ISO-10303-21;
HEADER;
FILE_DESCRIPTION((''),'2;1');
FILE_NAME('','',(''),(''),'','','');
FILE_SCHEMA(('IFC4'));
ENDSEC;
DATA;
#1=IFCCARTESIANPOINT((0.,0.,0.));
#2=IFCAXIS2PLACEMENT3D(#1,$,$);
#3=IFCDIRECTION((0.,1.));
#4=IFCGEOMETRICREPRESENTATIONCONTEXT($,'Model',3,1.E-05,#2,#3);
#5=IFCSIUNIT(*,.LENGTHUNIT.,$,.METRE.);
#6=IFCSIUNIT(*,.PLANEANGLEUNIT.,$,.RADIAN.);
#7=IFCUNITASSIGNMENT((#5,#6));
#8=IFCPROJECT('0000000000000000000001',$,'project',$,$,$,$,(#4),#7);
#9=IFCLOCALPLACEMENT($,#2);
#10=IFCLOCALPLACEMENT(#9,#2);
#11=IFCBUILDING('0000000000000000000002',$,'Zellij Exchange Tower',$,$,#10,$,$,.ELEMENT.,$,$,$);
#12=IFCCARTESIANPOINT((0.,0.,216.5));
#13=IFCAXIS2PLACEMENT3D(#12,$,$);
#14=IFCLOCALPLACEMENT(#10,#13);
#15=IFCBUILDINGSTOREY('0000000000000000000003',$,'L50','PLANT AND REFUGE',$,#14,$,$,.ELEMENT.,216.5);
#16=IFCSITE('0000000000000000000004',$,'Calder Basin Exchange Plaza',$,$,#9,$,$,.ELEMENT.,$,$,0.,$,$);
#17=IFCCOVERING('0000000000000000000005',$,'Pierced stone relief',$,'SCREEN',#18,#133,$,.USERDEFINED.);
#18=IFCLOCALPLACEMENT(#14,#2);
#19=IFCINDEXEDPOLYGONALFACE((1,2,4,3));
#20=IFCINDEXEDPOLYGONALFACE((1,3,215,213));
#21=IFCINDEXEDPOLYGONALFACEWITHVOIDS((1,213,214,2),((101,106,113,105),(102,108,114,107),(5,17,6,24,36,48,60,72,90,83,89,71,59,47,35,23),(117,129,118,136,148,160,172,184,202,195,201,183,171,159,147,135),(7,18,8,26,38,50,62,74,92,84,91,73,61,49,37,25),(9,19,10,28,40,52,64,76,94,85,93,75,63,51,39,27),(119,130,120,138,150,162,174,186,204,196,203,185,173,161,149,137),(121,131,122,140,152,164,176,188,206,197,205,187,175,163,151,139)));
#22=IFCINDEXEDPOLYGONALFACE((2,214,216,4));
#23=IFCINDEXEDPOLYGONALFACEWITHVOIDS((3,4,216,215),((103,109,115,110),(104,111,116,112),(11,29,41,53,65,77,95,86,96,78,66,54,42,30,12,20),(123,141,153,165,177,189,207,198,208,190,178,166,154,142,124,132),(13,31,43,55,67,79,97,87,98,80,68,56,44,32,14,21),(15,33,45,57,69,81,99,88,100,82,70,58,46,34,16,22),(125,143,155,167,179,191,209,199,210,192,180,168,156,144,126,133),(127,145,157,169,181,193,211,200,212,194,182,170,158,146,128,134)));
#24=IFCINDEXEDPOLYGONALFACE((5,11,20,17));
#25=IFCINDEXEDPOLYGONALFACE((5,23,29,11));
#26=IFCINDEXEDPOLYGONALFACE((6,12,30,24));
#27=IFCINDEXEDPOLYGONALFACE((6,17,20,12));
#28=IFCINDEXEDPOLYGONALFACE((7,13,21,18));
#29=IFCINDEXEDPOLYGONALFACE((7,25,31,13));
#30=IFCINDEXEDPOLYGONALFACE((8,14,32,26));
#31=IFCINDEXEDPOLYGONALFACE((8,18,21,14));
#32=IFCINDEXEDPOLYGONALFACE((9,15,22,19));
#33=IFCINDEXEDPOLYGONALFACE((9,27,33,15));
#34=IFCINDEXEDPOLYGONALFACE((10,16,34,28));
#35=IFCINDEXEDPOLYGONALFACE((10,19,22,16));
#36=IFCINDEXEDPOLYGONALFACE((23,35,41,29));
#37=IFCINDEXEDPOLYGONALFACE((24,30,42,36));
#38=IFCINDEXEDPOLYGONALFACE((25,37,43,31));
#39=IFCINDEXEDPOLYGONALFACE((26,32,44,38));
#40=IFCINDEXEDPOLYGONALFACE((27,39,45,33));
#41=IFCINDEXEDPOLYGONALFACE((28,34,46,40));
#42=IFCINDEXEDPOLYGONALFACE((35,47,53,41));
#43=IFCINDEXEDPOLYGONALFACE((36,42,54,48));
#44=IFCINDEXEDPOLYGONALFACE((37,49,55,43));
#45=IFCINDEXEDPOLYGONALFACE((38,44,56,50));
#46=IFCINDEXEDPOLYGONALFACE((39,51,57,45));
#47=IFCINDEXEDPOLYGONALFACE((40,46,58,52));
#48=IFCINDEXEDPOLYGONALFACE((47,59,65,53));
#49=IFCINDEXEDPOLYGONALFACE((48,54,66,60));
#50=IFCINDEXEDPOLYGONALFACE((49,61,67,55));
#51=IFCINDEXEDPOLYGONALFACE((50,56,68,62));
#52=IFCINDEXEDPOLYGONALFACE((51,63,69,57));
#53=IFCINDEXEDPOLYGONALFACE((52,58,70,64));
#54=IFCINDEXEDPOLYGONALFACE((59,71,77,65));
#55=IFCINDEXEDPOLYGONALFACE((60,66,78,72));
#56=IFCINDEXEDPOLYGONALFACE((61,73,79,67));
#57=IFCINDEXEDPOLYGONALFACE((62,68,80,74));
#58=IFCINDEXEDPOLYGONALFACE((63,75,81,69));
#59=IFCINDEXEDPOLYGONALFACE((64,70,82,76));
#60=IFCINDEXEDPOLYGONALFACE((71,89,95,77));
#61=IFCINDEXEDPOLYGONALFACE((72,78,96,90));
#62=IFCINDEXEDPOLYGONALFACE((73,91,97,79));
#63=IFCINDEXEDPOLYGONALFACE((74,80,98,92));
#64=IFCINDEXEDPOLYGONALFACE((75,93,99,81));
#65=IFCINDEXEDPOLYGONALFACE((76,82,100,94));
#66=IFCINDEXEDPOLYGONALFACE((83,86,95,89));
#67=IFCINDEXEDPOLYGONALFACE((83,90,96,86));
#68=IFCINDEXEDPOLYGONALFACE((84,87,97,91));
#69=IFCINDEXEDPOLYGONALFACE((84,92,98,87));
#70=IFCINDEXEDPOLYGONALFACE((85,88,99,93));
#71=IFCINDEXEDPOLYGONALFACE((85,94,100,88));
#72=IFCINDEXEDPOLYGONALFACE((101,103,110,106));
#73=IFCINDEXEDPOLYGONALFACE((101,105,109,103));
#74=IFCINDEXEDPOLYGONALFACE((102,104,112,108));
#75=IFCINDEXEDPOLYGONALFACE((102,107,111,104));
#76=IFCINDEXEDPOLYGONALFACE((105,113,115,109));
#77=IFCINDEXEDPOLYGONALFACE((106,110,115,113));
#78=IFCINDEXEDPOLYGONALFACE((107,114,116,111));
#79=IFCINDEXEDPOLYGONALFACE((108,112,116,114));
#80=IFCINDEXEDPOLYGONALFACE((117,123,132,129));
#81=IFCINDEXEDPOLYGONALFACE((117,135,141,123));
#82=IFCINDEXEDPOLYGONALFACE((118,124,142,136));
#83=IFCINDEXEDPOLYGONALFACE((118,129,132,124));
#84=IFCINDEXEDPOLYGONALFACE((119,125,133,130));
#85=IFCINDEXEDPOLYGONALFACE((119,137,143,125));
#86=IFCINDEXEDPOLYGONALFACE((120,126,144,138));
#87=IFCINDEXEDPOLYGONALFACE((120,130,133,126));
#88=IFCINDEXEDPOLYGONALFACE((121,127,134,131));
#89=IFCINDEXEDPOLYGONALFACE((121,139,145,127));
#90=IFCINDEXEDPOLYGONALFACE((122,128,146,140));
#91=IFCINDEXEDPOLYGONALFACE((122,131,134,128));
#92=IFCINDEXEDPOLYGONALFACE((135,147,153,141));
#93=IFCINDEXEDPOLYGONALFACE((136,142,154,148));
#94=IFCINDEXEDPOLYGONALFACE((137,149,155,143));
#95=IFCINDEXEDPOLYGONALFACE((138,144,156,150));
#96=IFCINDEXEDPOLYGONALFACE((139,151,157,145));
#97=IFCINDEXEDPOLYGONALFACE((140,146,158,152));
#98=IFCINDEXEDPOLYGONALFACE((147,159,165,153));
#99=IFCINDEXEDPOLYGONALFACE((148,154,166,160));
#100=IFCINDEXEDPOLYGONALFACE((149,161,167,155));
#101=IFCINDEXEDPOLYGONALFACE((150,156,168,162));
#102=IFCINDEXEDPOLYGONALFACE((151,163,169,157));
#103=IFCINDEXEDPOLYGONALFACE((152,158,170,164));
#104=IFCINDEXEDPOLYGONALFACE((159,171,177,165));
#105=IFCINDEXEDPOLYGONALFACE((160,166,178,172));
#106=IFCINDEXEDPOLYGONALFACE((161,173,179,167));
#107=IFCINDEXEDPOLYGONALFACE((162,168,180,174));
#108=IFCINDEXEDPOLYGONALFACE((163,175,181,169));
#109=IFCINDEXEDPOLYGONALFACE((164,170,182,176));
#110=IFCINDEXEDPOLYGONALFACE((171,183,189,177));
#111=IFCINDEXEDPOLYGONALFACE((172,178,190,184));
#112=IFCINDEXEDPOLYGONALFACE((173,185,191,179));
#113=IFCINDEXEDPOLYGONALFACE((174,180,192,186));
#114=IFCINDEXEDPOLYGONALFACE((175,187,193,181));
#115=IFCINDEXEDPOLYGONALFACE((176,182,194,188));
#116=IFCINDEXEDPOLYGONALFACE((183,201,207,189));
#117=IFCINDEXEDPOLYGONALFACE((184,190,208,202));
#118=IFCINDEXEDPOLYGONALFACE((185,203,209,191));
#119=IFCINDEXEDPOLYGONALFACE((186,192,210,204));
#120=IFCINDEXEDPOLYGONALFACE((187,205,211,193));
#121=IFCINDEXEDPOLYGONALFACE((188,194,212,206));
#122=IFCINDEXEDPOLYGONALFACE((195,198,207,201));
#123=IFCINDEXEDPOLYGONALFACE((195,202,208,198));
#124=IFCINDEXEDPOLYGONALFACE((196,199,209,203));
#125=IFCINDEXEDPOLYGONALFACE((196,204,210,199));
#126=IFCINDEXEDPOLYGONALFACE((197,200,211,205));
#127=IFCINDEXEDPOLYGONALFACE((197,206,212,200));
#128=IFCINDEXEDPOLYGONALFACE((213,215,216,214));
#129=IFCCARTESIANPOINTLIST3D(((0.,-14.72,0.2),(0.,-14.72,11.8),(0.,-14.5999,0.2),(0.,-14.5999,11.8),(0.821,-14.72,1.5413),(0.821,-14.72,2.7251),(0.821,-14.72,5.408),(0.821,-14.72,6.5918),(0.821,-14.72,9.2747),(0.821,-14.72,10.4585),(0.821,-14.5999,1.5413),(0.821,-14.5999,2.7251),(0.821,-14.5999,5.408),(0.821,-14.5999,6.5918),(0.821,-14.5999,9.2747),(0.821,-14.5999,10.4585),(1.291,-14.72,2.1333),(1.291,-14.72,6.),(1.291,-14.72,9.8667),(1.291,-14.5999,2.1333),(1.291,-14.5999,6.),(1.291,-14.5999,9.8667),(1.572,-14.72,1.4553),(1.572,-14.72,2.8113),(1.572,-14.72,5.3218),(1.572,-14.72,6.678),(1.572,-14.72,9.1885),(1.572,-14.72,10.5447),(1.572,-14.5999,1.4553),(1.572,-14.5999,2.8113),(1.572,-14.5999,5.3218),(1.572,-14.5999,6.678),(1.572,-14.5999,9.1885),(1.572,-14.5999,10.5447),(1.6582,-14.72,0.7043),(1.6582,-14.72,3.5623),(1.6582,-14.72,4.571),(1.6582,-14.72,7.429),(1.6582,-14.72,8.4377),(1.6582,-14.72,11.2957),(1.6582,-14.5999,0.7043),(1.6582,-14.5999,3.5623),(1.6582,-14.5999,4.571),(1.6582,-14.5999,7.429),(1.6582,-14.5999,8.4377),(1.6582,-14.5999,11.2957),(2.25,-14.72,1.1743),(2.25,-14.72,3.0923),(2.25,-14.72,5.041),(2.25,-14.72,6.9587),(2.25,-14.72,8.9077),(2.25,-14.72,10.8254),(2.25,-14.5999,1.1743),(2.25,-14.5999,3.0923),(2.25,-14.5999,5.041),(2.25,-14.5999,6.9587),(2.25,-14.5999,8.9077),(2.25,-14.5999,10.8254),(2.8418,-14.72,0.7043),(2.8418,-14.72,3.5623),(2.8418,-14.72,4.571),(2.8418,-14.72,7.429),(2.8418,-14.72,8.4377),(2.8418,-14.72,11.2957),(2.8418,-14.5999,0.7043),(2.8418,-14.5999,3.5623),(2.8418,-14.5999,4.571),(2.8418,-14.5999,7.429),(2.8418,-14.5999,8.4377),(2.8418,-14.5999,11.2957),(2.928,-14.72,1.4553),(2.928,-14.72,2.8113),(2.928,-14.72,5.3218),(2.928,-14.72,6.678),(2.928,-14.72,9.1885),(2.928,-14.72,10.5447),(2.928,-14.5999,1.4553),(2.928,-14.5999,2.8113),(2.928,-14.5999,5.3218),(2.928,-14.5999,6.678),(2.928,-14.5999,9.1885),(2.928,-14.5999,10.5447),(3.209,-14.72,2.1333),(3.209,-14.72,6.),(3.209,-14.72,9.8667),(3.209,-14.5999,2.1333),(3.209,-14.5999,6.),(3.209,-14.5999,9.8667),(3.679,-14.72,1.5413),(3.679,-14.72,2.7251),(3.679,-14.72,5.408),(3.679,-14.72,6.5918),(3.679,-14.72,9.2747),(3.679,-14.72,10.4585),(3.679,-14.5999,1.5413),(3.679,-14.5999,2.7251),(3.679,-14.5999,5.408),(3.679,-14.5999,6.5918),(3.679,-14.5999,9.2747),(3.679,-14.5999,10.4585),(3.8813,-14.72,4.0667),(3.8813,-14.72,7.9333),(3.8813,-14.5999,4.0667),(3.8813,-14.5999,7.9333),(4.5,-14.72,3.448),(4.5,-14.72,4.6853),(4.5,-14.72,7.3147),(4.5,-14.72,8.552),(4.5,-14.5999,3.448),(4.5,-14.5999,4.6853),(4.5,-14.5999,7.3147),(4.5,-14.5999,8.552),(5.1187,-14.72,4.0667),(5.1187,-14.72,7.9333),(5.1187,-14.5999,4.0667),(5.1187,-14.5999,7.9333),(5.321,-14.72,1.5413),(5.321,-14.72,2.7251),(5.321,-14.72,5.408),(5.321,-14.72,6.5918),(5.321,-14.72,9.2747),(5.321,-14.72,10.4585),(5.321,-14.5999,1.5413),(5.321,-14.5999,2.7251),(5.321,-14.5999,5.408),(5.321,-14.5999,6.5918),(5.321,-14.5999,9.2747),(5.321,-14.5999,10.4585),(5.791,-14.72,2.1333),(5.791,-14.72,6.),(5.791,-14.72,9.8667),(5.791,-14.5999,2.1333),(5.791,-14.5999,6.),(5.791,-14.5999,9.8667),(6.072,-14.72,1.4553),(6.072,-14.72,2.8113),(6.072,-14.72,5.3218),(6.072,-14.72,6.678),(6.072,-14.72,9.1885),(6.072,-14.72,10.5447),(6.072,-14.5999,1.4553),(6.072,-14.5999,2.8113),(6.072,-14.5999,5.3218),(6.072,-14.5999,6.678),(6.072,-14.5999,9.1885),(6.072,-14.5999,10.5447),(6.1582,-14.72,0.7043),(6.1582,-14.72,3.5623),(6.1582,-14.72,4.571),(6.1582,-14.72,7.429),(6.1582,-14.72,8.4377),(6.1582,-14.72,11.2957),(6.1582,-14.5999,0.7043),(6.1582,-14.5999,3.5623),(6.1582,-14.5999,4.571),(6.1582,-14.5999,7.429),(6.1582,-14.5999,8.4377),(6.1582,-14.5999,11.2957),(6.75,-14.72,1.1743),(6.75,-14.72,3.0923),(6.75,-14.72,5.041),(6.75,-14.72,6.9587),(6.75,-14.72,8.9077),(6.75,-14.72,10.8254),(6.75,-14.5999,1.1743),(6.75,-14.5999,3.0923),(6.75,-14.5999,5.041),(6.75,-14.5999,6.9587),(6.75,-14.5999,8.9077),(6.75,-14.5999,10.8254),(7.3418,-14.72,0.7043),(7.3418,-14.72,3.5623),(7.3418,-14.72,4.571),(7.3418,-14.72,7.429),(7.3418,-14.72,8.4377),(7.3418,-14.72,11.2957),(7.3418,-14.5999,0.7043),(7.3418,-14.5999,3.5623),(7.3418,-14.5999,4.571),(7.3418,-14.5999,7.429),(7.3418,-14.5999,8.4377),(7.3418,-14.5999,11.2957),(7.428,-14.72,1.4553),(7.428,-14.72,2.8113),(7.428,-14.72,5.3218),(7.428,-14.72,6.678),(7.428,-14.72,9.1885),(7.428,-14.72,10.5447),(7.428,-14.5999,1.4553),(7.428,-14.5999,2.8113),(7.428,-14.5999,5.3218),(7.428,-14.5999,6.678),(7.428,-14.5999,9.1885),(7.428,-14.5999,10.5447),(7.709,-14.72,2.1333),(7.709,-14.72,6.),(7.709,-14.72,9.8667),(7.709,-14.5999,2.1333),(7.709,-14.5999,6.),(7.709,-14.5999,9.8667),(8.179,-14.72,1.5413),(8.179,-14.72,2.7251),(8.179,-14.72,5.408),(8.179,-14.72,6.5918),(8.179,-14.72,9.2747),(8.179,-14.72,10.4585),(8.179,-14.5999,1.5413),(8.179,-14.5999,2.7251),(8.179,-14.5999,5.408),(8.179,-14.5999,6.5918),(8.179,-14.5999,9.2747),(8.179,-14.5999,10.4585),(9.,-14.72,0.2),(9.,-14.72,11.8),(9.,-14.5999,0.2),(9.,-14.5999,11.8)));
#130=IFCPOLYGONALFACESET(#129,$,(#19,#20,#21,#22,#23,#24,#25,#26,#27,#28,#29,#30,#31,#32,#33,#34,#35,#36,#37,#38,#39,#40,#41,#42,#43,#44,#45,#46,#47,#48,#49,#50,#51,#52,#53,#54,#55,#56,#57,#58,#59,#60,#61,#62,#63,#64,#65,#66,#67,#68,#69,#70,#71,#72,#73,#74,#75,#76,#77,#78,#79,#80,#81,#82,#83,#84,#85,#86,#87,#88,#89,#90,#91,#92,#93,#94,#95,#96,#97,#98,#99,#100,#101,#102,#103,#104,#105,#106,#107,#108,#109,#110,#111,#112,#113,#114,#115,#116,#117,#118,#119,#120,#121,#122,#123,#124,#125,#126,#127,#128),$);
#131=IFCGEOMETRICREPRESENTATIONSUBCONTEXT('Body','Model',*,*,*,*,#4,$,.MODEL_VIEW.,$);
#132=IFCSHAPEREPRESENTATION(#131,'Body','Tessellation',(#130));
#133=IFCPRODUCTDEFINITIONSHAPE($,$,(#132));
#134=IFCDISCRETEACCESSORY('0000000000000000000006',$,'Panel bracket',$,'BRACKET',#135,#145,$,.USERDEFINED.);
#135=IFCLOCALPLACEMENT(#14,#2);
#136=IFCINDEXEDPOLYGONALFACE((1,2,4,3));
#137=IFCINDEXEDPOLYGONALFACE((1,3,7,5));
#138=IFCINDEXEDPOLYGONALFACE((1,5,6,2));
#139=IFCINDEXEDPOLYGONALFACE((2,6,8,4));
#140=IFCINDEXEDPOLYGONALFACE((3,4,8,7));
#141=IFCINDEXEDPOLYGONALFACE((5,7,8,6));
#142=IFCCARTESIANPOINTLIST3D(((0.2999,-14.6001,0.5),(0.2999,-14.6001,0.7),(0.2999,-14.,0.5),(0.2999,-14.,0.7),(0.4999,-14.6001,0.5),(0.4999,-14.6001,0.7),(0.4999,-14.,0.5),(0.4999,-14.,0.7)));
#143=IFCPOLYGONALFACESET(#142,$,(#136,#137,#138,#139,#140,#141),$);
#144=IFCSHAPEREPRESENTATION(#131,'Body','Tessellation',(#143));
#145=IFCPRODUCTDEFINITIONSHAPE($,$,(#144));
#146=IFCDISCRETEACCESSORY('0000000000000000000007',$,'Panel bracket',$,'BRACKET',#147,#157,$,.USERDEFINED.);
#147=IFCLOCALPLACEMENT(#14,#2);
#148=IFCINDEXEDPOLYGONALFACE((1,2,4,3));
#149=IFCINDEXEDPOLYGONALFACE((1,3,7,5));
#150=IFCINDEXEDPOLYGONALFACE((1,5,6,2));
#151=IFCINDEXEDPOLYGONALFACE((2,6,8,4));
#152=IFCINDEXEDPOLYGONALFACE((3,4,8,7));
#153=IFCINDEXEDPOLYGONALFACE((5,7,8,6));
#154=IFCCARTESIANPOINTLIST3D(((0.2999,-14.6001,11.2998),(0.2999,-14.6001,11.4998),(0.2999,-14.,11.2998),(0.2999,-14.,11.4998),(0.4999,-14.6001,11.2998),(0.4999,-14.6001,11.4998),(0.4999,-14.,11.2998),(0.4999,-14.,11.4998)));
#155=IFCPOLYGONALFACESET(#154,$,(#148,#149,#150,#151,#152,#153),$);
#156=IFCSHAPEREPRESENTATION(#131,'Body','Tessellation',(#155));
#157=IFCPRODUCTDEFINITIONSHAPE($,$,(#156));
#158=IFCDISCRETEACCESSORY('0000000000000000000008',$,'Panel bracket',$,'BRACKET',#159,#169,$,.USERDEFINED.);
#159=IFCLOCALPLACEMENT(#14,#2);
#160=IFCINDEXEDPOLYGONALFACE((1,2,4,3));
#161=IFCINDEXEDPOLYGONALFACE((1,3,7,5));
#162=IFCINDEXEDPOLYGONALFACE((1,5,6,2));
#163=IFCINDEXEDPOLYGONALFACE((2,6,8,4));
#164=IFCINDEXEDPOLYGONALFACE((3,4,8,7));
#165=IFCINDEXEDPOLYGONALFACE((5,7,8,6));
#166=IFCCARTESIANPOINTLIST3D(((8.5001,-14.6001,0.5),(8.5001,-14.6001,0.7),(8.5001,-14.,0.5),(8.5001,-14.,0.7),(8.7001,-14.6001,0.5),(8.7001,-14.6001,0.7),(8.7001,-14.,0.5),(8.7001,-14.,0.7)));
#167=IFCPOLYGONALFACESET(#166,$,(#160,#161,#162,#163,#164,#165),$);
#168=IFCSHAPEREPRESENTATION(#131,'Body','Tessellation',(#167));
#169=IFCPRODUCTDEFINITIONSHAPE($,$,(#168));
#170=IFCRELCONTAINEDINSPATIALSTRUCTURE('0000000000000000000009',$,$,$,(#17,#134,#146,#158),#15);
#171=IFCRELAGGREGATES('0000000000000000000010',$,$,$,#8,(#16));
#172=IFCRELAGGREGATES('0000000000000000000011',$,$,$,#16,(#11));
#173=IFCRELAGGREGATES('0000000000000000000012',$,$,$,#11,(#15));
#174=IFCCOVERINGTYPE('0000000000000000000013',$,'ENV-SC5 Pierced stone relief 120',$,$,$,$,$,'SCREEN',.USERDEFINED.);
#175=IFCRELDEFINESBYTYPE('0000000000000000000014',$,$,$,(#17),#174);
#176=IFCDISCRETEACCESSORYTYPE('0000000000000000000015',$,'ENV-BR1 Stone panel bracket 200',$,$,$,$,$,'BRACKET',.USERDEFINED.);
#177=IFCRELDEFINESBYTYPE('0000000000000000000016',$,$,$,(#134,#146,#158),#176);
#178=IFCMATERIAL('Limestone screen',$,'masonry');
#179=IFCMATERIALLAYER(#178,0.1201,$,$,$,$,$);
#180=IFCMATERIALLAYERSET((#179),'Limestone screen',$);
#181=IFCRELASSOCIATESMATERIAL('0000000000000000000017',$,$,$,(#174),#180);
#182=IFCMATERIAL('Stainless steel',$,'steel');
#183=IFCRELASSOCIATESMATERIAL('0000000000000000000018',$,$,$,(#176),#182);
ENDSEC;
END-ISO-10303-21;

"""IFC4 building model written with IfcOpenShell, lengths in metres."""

from ifc_helpers import new_model, si_unit, direction, frame, origin, origin_2d, place, context, subcontext, project, spatial, polyline, rectangle, outline, extrude, material, layer, layer_set, type_object, element, save


model = new_model("IFC4")

# Units and contexts
model_context = context("Model", 3, precision=1e-05, world=origin(), true_north=direction((0.0, 1.0)))
body_context = subcontext(model_context, "Body", "Model", "MODEL_VIEW")
ifc_project = project(units=[si_unit("LENGTHUNIT", "METRE"), si_unit("PLANEANGLEUNIT", "RADIAN")], contexts=[model_context])

# Site, building, storey
site_placement = place(None, origin())
site = spatial("IfcSite", under=ifc_project, at=site_placement, Name="Calder Basin Exchange Plaza", CompositionType="ELEMENT", RefElevation=0.0)
building_placement = place(site_placement, origin())
building = spatial("IfcBuilding", under=site, at=building_placement, Name="Zellij Exchange Tower", CompositionType="ELEMENT")
storey_placement = place(building_placement, frame((0.0, 0.0, 216.5)))
storey = spatial("IfcBuildingStorey", under=building, at=storey_placement, Name="L50", Description="PLANT AND REFUGE", CompositionType="ELEMENT", Elevation=216.5)

# Shared definitions
ifc_material_1 = material(Name="Stainless steel", Category="steel")

# Covering
ifc_material_2 = material(Name="Limestone screen", Category="masonry")
ifc_layer_1 = layer(ifc_material_2, 0.1201)
ifc_layer_set_1 = layer_set([ifc_layer_1], Name="Limestone screen")
covering_type_1 = type_object("IfcCoveringType", Name="ENV-SC5 Pierced stone relief 120", ElementType="SCREEN", PredefinedType="USERDEFINED", material=ifc_layer_set_1)
covering_1_placement = place(storey_placement, frame((0.0, -14.6599, 0.2), z_axis=(0.0, 0.0, 1.0), x_axis=(1.0, 0.0, 0.0)))
element("IfcCovering", 1, at=covering_1_placement, inside=storey, type_object=covering_type_1, Name="Pierced stone relief", ObjectType="SCREEN", PredefinedType="USERDEFINED", context=body_context, shape_type="SweptSolid", body=[
    extrude(outline(polyline([(0.0, 0.0), (9.0, 0.0), (9.0, 11.6001), (0.0, 11.6001), (0.0, 0.0)]), holes=[polyline([(3.679, 2.5251), (2.928, 2.6113), (2.8418, 3.3623), (2.25, 2.8923), (1.6582, 3.3623), (1.572, 2.6113), (0.821, 2.5251), (1.291, 1.9333), (0.821, 1.3413), (1.572, 1.2554), (1.6582, 0.5044), (2.25, 0.9744), (2.8418, 0.5044), (2.928, 1.2554), (3.679, 1.3413), (3.209, 1.9333), (3.679, 2.5251)]), polyline([(3.679, 6.3918), (2.928, 6.478), (2.8418, 7.229), (2.25, 6.7588), (1.6582, 7.229), (1.572, 6.478), (0.821, 6.3918), (1.291, 5.8), (0.821, 5.208), (1.572, 5.1218), (1.6582, 4.3711), (2.25, 4.8411), (2.8418, 4.3711), (2.928, 5.1218), (3.679, 5.208), (3.209, 5.8), (3.679, 6.3918)]), polyline([(3.679, 10.2585), (2.928, 10.3447), (2.8418, 11.0957), (2.25, 10.6255), (1.6582, 11.0957), (1.572, 10.3447), (0.821, 10.2585), (1.291, 9.6667), (0.821, 9.0747), (1.572, 8.9885), (1.6582, 8.2378), (2.25, 8.7078), (2.8418, 8.2378), (2.928, 8.9885), (3.679, 9.0747), (3.209, 9.6667), (3.679, 10.2585)]), polyline([(8.179, 2.5251), (7.428, 2.6113), (7.3418, 3.3623), (6.75, 2.8923), (6.1582, 3.3623), (6.072, 2.6113), (5.321, 2.5251), (5.791, 1.9333), (5.321, 1.3413), (6.072, 1.2554), (6.1582, 0.5044), (6.75, 0.9744), (7.3418, 0.5044), (7.428, 1.2554), (8.179, 1.3413), (7.709, 1.9333), (8.179, 2.5251)]), polyline([(8.179, 6.3918), (7.428, 6.478), (7.3418, 7.229), (6.75, 6.7588), (6.1582, 7.229), (6.072, 6.478), (5.321, 6.3918), (5.791, 5.8), (5.321, 5.208), (6.072, 5.1218), (6.1582, 4.3711), (6.75, 4.8411), (7.3418, 4.3711), (7.428, 5.1218), (8.179, 5.208), (7.709, 5.8), (8.179, 6.3918)]), polyline([(8.179, 10.2585), (7.428, 10.3447), (7.3418, 11.0957), (6.75, 10.6255), (6.1582, 11.0957), (6.072, 10.3447), (5.321, 10.2585), (5.791, 9.6667), (5.321, 9.0747), (6.072, 8.9885), (6.1582, 8.2378), (6.75, 8.7078), (7.3418, 8.2378), (7.428, 8.9885), (8.179, 9.0747), (7.709, 9.6667), (8.179, 10.2585)]), polyline([(5.1187, 3.8667), (4.5, 4.4854), (3.8813, 3.8667), (4.5, 3.248), (5.1187, 3.8667)]), polyline([(5.1187, 7.7334), (4.5, 8.3521), (3.8813, 7.7334), (4.5, 7.1147), (5.1187, 7.7334)])]), frame((0.0, 0.0601, 0.0), z_axis=(0.0, -1.0, 0.0), x_axis=(1.0, 0.0, 0.0)), (0.0, 0.0, 1.0), 0.1201),
])

# Discrete accessories
discrete_accessory_type = type_object("IfcDiscreteAccessoryType", Name="ENV-BR1 Stone panel bracket 200", ElementType="BRACKET", PredefinedType="USERDEFINED", material=ifc_material_1)
for number, where, z_axis, x_axis, name in (
    (2, (0.3999, -14.3, 0.5), (0.0, 0.0, 1.0), (1.0, 0.0, 0.0), "Panel bracket"),
    (3, (0.3999, -14.3, 11.2998), (0.0, 0.0, 1.0), (1.0, 0.0, 0.0), "Panel bracket"),
    (4, (8.6001, -14.3, 0.5), (0.0, 0.0, 1.0), (1.0, 0.0, 0.0), "Panel bracket"),
):
    element("IfcDiscreteAccessory", number, at=place(storey_placement, frame(where, z_axis=z_axis, x_axis=x_axis)), inside=storey, type_object=discrete_accessory_type, Name=name, ObjectType="BRACKET", PredefinedType="USERDEFINED", context=body_context, shape_type="SweptSolid", body=[
        extrude(rectangle(XDim=0.2, YDim=0.6001, at=origin_2d()), origin(), (0.0, 0.0, 1.0), 0.2),
    ])

save(model, "model.ifc")
